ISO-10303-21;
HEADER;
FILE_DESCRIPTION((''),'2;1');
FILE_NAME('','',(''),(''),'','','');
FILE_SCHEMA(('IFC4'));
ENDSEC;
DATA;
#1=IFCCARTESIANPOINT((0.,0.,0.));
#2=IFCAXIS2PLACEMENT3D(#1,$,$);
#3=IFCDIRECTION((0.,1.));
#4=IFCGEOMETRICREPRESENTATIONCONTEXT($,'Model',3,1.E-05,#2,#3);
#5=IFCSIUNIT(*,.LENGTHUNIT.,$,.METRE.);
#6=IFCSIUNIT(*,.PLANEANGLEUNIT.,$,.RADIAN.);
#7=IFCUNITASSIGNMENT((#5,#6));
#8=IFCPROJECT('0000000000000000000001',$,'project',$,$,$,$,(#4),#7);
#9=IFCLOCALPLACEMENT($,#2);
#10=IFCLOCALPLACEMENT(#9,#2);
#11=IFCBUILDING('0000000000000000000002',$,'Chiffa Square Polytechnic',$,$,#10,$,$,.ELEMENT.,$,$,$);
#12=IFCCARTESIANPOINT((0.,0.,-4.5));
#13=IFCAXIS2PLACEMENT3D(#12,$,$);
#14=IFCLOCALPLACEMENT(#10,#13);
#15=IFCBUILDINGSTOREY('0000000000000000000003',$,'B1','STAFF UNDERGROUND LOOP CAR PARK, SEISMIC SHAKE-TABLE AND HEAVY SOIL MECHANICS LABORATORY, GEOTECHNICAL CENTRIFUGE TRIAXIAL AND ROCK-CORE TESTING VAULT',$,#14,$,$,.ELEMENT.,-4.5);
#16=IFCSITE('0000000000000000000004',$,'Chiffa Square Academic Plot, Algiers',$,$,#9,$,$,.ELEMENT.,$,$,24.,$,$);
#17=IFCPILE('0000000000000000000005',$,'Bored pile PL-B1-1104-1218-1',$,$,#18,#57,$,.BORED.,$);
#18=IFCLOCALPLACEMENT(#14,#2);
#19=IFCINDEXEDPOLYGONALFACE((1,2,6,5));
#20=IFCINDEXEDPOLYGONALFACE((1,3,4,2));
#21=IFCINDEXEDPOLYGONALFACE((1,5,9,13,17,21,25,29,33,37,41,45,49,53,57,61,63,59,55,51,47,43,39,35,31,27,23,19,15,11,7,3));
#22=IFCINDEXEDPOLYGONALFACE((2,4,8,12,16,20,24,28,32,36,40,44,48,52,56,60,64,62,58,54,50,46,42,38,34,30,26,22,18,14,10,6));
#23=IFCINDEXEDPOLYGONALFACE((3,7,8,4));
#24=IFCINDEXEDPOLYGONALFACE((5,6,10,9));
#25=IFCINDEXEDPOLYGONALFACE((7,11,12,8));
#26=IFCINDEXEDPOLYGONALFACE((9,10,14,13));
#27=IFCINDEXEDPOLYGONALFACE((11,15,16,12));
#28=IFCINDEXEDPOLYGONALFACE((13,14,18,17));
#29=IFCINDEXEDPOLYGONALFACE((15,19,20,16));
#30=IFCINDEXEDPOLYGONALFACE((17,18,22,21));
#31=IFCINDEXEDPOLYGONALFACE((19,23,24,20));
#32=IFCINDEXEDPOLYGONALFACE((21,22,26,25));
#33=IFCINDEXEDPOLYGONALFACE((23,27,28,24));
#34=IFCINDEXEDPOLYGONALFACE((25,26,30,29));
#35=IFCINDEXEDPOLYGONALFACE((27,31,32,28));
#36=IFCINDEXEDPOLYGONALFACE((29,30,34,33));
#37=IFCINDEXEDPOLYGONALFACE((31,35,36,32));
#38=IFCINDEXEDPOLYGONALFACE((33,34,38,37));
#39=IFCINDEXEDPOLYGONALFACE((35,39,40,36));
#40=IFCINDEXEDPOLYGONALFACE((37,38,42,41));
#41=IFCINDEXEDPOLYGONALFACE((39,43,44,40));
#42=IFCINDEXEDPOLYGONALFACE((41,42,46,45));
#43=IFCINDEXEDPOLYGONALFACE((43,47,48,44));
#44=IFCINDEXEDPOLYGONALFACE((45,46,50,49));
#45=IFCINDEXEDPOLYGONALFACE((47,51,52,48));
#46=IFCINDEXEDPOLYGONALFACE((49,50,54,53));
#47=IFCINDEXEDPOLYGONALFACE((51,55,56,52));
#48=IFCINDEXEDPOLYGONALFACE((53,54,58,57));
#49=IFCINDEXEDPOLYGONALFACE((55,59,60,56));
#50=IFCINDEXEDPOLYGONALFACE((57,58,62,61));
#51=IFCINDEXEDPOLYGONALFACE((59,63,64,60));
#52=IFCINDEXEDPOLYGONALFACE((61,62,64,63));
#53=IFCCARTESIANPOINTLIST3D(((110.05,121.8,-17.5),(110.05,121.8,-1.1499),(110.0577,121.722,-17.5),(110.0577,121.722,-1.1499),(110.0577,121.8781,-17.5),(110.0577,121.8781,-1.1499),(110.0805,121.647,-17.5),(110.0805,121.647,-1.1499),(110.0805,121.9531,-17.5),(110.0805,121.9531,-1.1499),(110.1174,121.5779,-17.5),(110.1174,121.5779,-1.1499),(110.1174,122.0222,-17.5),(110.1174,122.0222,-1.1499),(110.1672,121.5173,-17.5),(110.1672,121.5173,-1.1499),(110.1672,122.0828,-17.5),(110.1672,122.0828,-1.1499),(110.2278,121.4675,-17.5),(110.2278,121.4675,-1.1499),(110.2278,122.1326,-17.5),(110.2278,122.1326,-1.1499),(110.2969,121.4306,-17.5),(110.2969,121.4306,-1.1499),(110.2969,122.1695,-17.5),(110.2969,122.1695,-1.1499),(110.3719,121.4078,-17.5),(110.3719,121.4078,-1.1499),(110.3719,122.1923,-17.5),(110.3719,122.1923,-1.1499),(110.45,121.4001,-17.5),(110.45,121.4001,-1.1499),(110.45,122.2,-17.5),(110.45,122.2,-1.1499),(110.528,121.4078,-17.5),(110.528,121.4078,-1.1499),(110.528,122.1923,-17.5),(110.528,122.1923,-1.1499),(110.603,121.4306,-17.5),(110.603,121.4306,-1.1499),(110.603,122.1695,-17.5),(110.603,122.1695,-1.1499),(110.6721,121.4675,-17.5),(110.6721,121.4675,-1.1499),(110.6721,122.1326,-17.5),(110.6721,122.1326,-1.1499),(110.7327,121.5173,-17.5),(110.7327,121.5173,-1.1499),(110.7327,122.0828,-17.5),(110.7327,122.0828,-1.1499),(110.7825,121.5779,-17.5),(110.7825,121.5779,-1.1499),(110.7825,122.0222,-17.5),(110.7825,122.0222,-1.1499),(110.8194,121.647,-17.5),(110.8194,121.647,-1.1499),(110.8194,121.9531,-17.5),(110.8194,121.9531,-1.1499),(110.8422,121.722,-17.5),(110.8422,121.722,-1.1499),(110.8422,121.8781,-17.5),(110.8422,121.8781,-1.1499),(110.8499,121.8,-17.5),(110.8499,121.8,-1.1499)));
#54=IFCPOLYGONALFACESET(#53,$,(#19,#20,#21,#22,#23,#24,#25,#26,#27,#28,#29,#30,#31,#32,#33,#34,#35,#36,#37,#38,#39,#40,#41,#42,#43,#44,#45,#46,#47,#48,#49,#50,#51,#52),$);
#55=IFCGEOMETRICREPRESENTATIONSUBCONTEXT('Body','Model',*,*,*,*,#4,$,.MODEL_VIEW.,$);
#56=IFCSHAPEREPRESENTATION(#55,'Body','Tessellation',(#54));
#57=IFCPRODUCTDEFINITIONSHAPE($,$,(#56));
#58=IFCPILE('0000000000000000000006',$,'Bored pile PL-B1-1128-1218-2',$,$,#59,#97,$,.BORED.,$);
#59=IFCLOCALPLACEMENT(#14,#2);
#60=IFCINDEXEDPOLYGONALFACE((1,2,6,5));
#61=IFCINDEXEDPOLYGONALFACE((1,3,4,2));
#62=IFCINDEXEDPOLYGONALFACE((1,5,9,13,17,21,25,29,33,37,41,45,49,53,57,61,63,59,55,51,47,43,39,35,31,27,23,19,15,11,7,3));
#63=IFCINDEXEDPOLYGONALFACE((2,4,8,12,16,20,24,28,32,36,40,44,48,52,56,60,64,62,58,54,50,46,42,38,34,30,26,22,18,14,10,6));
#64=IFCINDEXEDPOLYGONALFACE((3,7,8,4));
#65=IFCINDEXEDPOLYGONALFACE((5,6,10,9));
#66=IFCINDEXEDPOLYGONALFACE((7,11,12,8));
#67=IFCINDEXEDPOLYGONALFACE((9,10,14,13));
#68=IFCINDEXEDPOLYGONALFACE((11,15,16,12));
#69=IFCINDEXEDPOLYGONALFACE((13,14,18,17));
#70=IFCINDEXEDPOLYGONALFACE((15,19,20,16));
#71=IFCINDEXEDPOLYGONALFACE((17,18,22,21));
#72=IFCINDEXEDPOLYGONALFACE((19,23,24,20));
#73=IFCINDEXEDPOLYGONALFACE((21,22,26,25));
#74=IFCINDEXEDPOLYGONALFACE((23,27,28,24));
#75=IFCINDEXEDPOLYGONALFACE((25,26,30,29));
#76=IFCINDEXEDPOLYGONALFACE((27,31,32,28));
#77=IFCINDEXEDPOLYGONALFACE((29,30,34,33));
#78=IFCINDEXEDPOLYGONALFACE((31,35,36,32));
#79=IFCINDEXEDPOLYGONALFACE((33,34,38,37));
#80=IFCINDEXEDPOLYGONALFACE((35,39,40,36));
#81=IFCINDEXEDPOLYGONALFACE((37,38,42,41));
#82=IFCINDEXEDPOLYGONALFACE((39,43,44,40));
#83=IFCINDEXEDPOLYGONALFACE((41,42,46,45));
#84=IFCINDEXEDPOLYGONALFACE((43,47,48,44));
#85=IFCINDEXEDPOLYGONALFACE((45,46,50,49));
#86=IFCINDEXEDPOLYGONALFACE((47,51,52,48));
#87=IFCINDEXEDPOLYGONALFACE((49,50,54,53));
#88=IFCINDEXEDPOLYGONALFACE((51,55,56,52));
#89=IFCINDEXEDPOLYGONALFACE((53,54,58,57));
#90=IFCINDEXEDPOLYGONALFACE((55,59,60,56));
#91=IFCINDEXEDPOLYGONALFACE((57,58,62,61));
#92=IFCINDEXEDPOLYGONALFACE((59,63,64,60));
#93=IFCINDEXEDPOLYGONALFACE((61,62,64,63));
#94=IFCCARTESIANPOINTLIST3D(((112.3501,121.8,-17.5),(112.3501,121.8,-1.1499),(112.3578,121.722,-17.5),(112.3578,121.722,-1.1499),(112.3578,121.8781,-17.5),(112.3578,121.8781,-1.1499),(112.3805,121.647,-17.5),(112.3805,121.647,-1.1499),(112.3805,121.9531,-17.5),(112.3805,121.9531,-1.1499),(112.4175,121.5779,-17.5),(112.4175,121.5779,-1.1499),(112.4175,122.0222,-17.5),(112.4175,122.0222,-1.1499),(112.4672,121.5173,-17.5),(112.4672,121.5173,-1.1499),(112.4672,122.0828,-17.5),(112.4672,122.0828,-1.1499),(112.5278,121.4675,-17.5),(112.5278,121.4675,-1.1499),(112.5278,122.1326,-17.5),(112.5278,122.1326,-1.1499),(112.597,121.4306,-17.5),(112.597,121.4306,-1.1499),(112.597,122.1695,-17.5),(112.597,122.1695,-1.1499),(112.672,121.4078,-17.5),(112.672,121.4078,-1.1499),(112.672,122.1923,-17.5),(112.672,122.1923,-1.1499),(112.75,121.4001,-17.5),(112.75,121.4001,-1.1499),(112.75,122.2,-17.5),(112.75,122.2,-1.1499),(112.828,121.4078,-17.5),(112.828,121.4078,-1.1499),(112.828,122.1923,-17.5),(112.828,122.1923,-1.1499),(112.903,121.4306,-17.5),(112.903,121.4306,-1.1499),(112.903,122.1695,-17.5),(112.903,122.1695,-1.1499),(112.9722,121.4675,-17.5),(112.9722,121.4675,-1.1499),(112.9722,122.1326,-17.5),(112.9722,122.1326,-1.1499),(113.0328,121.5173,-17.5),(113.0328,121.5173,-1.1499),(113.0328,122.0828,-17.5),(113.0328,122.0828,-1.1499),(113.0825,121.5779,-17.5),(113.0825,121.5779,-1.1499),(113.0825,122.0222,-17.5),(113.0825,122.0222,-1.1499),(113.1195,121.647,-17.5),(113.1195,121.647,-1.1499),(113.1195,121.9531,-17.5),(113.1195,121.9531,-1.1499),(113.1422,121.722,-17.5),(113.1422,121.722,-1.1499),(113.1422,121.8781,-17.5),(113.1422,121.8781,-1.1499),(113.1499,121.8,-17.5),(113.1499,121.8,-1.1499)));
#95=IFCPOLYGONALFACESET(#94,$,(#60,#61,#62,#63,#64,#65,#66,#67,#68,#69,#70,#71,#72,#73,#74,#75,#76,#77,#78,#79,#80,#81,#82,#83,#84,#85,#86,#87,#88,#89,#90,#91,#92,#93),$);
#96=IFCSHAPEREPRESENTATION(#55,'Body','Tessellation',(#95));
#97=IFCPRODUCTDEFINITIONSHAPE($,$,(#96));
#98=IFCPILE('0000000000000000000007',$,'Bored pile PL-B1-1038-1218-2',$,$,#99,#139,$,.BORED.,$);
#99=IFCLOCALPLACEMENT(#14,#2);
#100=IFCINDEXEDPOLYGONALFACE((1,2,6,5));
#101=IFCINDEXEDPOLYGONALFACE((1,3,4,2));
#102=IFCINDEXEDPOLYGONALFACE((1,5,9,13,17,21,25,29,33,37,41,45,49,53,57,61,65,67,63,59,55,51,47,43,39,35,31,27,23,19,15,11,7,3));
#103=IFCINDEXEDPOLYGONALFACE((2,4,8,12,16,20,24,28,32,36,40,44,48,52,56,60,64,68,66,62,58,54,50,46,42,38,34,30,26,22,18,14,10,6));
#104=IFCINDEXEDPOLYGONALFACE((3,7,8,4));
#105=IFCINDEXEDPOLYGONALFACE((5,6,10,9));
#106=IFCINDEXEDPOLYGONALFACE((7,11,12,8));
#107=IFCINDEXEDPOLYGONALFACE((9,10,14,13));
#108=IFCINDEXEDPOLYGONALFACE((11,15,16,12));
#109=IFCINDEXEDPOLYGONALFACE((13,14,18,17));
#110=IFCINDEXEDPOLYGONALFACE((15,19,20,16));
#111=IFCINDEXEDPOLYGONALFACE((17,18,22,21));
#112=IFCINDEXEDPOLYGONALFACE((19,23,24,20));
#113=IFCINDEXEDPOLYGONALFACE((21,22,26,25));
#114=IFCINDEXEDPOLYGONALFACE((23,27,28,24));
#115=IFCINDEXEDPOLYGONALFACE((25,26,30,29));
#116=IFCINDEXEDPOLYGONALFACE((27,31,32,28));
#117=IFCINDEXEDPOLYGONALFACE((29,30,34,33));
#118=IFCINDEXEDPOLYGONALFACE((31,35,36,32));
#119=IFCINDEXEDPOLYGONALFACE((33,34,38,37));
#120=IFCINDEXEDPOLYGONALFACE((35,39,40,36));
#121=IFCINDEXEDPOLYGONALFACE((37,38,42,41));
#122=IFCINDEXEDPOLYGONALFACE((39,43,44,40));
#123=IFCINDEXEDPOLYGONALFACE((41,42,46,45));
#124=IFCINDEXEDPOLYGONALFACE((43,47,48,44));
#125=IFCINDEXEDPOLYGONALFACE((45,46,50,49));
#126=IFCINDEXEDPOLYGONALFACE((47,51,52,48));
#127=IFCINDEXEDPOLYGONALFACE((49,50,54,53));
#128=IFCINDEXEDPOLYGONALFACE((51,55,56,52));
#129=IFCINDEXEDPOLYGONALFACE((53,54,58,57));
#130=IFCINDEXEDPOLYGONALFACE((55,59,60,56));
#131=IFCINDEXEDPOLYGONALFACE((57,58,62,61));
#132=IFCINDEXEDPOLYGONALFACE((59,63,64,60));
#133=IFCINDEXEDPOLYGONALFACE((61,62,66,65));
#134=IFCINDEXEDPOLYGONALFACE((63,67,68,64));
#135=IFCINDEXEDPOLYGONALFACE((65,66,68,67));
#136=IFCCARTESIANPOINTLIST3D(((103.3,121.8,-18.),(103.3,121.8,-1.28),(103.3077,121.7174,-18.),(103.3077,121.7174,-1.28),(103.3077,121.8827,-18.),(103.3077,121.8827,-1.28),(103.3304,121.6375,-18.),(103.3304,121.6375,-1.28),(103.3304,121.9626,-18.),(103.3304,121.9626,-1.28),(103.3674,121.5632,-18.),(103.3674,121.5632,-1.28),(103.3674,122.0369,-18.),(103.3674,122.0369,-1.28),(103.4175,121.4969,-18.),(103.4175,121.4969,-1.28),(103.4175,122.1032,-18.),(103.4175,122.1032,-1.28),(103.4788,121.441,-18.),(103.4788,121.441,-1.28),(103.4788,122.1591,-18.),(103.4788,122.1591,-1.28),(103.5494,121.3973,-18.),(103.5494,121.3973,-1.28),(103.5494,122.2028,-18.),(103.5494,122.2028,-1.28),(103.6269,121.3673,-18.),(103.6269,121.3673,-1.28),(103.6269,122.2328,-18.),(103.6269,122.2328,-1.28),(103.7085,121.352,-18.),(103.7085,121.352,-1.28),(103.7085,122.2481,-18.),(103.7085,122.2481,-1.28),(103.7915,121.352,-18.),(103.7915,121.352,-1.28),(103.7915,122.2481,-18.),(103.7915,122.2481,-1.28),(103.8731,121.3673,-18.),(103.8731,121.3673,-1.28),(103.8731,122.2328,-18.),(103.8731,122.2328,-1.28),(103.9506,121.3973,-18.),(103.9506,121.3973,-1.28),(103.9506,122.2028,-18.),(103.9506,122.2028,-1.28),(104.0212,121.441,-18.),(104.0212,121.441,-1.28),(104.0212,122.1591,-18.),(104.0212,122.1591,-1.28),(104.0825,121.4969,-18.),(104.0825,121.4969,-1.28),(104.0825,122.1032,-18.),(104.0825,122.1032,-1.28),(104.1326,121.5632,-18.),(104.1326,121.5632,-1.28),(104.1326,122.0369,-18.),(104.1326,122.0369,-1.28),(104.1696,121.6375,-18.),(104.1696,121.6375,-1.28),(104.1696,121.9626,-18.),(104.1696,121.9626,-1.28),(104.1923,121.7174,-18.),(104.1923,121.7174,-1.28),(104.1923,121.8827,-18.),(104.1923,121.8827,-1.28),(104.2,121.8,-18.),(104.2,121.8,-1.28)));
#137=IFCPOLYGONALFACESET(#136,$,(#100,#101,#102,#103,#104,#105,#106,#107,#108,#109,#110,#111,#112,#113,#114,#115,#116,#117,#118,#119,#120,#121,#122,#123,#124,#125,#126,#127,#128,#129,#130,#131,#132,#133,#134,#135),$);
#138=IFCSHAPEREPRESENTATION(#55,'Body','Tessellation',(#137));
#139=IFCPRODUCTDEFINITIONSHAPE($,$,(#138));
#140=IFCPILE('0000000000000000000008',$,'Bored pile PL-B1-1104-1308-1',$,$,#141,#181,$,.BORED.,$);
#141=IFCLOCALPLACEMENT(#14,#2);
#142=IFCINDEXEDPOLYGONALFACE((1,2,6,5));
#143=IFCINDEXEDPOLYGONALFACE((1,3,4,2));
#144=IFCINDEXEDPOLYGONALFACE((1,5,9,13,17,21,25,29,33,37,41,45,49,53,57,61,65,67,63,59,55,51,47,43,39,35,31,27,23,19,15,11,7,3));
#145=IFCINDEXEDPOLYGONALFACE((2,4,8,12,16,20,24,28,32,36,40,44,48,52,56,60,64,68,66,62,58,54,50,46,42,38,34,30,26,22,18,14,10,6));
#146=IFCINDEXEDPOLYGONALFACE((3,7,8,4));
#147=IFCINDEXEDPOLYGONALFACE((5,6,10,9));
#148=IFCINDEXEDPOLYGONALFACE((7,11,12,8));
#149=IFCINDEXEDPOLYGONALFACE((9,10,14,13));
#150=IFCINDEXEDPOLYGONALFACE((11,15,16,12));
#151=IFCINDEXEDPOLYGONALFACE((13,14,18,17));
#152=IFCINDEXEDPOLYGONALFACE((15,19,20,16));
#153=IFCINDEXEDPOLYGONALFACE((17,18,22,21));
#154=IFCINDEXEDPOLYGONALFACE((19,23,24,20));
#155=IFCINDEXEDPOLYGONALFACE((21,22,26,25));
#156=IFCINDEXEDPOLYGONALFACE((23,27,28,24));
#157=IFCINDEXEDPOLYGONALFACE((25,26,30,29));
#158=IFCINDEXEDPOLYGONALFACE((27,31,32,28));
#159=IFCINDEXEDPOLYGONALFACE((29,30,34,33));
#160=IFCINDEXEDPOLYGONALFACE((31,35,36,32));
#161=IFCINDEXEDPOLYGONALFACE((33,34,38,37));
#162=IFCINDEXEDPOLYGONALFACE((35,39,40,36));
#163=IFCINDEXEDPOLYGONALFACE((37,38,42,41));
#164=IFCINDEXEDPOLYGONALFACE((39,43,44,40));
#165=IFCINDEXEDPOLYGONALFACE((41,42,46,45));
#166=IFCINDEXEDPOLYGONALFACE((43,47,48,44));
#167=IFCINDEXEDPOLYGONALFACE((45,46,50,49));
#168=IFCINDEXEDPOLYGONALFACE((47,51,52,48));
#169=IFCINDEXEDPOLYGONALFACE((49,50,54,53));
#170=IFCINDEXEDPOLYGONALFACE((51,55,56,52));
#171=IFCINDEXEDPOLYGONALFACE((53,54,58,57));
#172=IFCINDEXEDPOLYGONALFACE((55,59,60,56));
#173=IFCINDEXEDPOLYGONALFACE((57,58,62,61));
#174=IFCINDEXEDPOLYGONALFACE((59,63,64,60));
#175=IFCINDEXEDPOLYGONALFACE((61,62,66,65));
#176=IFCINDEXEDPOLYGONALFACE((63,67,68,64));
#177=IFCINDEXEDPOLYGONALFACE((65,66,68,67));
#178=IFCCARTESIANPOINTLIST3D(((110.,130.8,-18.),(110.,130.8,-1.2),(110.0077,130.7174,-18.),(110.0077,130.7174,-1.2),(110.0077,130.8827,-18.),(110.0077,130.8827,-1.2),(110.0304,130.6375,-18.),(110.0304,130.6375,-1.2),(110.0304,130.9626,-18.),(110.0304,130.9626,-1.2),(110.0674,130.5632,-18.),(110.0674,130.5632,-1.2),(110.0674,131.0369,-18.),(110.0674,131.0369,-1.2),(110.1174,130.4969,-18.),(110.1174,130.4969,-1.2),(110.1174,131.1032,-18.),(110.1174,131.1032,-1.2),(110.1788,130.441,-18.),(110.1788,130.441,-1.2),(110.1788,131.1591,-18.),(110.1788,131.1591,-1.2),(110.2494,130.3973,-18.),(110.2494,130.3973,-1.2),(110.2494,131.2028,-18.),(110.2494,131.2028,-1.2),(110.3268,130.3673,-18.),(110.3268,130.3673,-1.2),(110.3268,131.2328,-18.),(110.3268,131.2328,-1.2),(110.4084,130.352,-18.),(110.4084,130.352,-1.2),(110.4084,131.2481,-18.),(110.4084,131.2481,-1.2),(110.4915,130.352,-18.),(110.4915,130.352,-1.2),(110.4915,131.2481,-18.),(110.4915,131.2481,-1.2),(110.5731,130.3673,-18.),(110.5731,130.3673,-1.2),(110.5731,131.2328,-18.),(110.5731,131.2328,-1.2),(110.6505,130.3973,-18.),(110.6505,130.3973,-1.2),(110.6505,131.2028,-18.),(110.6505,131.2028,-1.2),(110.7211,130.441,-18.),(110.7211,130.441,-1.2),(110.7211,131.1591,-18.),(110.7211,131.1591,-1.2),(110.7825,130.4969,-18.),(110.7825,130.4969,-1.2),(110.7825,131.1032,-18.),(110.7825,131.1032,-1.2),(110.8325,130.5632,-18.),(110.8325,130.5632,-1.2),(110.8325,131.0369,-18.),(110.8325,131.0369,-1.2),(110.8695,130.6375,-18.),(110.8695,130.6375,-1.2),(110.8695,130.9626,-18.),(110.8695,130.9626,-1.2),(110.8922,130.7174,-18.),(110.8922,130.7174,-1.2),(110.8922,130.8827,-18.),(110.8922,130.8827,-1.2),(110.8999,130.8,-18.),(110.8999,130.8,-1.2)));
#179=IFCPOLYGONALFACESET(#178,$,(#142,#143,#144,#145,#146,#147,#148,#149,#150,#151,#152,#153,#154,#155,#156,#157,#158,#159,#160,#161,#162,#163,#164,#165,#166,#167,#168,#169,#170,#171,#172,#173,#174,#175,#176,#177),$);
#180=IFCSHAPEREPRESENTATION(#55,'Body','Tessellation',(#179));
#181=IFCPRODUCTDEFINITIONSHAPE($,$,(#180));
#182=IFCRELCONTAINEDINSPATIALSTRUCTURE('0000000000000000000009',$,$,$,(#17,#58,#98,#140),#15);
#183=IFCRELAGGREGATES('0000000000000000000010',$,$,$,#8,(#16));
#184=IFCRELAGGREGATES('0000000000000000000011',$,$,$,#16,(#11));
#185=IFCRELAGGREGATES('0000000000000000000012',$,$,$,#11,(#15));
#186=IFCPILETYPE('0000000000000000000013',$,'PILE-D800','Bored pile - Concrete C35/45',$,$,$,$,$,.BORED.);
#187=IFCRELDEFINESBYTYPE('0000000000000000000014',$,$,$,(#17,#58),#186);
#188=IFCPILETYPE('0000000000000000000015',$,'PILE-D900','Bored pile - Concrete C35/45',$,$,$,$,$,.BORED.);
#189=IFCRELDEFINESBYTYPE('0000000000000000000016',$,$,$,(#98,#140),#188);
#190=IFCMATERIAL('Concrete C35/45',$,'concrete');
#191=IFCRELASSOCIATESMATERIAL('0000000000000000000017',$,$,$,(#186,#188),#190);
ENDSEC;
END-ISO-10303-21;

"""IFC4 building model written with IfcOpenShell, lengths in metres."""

from ifc_helpers import new_model, si_unit, direction, frame, origin, origin_2d, place, context, subcontext, project, spatial, circle, extrude, material, material_profile, profile_set, type_object, element, save


model = new_model("IFC4")

# Units and contexts
model_context = context("Model", 3, precision=1e-05, world=origin(), true_north=direction((0.0, 1.0)))
body_context = subcontext(model_context, "Body", "Model", "MODEL_VIEW")
ifc_project = project(units=[si_unit("LENGTHUNIT", "METRE"), si_unit("PLANEANGLEUNIT", "RADIAN")], contexts=[model_context])

# Site, building, storey
site_placement = place(None, origin())
site = spatial("IfcSite", under=ifc_project, at=site_placement, Name="Chiffa Square Academic Plot, Algiers", CompositionType="ELEMENT", RefElevation=24.0)
building_placement = place(site_placement, origin())
building = spatial("IfcBuilding", under=site, at=building_placement, Name="Chiffa Square Polytechnic", CompositionType="ELEMENT")
storey_placement = place(building_placement, frame((0.0, 0.0, -4.5)))
storey = spatial("IfcBuildingStorey", under=building, at=storey_placement, Name="B1", Description="STAFF UNDERGROUND LOOP CAR PARK, SEISMIC SHAKE-TABLE AND HEAVY SOIL MECHANICS LABORATORY, GEOTECHNICAL CENTRIFUGE TRIAXIAL AND ROCK-CORE TESTING VAULT", CompositionType="ELEMENT", Elevation=-4.5)

# Shared definitions
ifc_material_1 = material(Name="Concrete C35/45", Category="concrete")

# Piles
ifc_material_profile_1 = material_profile(ifc_material_1, circle(Radius=0.3999, at=origin_2d()), Name="PILE D800")
ifc_profile_set_1 = profile_set([ifc_material_profile_1], Name="Concrete C35/45")
pile_type_1 = type_object("IfcPileType", Name="PILE-D800", Description="Bored pile - Concrete C35/45", PredefinedType="BORED", material=ifc_profile_set_1)
for number, where, z_axis, x_axis, name in (
    (1, (110.45, 121.8, -1.1499), (0.0, 0.0, -1.0), (1.0, 0.0, 0.0), "Bored pile PL-B1-1104-1218-1"),
    (2, (112.75, 121.8, -1.1499), (0.0, 0.0, -1.0), (1.0, 0.0, 0.0), "Bored pile PL-B1-1128-1218-2"),
):
    element("IfcPile", number, at=place(storey_placement, frame(where, z_axis=z_axis, x_axis=x_axis)), inside=storey, type_object=pile_type_1, Name=name, PredefinedType="BORED", context=body_context, shape_type="SweptSolid", body=[
        extrude(circle(Radius=0.3999, at=origin_2d()), origin(), (0.0, 0.0, 1.0), 16.3501),
    ])
ifc_material_profile_2 = material_profile(ifc_material_1, circle(Radius=0.45, at=origin_2d()), Name="PILE D900")
ifc_profile_set_2 = profile_set([ifc_material_profile_2], Name="Concrete C35/45")
pile_type_2 = type_object("IfcPileType", Name="PILE-D900", Description="Bored pile - Concrete C35/45", PredefinedType="BORED", material=ifc_profile_set_2)
pile_1_placement = place(storey_placement, frame((103.75, 121.8, -1.28), z_axis=(0.0, 0.0, -1.0), x_axis=(1.0, 0.0, 0.0)))
element("IfcPile", 3, at=pile_1_placement, inside=storey, type_object=pile_type_2, Name="Bored pile PL-B1-1038-1218-2", PredefinedType="BORED", context=body_context, shape_type="SweptSolid", body=[
    extrude(circle(Radius=0.45, at=origin_2d()), origin(), (0.0, 0.0, 1.0), 16.72),
])
for number, where, z_axis, x_axis, name in (
    (4, (110.45, 130.8, -1.2), (0.0, 0.0, -1.0), (1.0, 0.0, 0.0), "Bored pile PL-B1-1104-1308-1"),
):
    element("IfcPile", number, at=place(storey_placement, frame(where, z_axis=z_axis, x_axis=x_axis)), inside=storey, type_object=pile_type_2, Name=name, PredefinedType="BORED", context=body_context, shape_type="SweptSolid", body=[
        extrude(circle(Radius=0.45, at=origin_2d()), origin(), (0.0, 0.0, 1.0), 16.8),
    ])

save(model, "model.ifc")
